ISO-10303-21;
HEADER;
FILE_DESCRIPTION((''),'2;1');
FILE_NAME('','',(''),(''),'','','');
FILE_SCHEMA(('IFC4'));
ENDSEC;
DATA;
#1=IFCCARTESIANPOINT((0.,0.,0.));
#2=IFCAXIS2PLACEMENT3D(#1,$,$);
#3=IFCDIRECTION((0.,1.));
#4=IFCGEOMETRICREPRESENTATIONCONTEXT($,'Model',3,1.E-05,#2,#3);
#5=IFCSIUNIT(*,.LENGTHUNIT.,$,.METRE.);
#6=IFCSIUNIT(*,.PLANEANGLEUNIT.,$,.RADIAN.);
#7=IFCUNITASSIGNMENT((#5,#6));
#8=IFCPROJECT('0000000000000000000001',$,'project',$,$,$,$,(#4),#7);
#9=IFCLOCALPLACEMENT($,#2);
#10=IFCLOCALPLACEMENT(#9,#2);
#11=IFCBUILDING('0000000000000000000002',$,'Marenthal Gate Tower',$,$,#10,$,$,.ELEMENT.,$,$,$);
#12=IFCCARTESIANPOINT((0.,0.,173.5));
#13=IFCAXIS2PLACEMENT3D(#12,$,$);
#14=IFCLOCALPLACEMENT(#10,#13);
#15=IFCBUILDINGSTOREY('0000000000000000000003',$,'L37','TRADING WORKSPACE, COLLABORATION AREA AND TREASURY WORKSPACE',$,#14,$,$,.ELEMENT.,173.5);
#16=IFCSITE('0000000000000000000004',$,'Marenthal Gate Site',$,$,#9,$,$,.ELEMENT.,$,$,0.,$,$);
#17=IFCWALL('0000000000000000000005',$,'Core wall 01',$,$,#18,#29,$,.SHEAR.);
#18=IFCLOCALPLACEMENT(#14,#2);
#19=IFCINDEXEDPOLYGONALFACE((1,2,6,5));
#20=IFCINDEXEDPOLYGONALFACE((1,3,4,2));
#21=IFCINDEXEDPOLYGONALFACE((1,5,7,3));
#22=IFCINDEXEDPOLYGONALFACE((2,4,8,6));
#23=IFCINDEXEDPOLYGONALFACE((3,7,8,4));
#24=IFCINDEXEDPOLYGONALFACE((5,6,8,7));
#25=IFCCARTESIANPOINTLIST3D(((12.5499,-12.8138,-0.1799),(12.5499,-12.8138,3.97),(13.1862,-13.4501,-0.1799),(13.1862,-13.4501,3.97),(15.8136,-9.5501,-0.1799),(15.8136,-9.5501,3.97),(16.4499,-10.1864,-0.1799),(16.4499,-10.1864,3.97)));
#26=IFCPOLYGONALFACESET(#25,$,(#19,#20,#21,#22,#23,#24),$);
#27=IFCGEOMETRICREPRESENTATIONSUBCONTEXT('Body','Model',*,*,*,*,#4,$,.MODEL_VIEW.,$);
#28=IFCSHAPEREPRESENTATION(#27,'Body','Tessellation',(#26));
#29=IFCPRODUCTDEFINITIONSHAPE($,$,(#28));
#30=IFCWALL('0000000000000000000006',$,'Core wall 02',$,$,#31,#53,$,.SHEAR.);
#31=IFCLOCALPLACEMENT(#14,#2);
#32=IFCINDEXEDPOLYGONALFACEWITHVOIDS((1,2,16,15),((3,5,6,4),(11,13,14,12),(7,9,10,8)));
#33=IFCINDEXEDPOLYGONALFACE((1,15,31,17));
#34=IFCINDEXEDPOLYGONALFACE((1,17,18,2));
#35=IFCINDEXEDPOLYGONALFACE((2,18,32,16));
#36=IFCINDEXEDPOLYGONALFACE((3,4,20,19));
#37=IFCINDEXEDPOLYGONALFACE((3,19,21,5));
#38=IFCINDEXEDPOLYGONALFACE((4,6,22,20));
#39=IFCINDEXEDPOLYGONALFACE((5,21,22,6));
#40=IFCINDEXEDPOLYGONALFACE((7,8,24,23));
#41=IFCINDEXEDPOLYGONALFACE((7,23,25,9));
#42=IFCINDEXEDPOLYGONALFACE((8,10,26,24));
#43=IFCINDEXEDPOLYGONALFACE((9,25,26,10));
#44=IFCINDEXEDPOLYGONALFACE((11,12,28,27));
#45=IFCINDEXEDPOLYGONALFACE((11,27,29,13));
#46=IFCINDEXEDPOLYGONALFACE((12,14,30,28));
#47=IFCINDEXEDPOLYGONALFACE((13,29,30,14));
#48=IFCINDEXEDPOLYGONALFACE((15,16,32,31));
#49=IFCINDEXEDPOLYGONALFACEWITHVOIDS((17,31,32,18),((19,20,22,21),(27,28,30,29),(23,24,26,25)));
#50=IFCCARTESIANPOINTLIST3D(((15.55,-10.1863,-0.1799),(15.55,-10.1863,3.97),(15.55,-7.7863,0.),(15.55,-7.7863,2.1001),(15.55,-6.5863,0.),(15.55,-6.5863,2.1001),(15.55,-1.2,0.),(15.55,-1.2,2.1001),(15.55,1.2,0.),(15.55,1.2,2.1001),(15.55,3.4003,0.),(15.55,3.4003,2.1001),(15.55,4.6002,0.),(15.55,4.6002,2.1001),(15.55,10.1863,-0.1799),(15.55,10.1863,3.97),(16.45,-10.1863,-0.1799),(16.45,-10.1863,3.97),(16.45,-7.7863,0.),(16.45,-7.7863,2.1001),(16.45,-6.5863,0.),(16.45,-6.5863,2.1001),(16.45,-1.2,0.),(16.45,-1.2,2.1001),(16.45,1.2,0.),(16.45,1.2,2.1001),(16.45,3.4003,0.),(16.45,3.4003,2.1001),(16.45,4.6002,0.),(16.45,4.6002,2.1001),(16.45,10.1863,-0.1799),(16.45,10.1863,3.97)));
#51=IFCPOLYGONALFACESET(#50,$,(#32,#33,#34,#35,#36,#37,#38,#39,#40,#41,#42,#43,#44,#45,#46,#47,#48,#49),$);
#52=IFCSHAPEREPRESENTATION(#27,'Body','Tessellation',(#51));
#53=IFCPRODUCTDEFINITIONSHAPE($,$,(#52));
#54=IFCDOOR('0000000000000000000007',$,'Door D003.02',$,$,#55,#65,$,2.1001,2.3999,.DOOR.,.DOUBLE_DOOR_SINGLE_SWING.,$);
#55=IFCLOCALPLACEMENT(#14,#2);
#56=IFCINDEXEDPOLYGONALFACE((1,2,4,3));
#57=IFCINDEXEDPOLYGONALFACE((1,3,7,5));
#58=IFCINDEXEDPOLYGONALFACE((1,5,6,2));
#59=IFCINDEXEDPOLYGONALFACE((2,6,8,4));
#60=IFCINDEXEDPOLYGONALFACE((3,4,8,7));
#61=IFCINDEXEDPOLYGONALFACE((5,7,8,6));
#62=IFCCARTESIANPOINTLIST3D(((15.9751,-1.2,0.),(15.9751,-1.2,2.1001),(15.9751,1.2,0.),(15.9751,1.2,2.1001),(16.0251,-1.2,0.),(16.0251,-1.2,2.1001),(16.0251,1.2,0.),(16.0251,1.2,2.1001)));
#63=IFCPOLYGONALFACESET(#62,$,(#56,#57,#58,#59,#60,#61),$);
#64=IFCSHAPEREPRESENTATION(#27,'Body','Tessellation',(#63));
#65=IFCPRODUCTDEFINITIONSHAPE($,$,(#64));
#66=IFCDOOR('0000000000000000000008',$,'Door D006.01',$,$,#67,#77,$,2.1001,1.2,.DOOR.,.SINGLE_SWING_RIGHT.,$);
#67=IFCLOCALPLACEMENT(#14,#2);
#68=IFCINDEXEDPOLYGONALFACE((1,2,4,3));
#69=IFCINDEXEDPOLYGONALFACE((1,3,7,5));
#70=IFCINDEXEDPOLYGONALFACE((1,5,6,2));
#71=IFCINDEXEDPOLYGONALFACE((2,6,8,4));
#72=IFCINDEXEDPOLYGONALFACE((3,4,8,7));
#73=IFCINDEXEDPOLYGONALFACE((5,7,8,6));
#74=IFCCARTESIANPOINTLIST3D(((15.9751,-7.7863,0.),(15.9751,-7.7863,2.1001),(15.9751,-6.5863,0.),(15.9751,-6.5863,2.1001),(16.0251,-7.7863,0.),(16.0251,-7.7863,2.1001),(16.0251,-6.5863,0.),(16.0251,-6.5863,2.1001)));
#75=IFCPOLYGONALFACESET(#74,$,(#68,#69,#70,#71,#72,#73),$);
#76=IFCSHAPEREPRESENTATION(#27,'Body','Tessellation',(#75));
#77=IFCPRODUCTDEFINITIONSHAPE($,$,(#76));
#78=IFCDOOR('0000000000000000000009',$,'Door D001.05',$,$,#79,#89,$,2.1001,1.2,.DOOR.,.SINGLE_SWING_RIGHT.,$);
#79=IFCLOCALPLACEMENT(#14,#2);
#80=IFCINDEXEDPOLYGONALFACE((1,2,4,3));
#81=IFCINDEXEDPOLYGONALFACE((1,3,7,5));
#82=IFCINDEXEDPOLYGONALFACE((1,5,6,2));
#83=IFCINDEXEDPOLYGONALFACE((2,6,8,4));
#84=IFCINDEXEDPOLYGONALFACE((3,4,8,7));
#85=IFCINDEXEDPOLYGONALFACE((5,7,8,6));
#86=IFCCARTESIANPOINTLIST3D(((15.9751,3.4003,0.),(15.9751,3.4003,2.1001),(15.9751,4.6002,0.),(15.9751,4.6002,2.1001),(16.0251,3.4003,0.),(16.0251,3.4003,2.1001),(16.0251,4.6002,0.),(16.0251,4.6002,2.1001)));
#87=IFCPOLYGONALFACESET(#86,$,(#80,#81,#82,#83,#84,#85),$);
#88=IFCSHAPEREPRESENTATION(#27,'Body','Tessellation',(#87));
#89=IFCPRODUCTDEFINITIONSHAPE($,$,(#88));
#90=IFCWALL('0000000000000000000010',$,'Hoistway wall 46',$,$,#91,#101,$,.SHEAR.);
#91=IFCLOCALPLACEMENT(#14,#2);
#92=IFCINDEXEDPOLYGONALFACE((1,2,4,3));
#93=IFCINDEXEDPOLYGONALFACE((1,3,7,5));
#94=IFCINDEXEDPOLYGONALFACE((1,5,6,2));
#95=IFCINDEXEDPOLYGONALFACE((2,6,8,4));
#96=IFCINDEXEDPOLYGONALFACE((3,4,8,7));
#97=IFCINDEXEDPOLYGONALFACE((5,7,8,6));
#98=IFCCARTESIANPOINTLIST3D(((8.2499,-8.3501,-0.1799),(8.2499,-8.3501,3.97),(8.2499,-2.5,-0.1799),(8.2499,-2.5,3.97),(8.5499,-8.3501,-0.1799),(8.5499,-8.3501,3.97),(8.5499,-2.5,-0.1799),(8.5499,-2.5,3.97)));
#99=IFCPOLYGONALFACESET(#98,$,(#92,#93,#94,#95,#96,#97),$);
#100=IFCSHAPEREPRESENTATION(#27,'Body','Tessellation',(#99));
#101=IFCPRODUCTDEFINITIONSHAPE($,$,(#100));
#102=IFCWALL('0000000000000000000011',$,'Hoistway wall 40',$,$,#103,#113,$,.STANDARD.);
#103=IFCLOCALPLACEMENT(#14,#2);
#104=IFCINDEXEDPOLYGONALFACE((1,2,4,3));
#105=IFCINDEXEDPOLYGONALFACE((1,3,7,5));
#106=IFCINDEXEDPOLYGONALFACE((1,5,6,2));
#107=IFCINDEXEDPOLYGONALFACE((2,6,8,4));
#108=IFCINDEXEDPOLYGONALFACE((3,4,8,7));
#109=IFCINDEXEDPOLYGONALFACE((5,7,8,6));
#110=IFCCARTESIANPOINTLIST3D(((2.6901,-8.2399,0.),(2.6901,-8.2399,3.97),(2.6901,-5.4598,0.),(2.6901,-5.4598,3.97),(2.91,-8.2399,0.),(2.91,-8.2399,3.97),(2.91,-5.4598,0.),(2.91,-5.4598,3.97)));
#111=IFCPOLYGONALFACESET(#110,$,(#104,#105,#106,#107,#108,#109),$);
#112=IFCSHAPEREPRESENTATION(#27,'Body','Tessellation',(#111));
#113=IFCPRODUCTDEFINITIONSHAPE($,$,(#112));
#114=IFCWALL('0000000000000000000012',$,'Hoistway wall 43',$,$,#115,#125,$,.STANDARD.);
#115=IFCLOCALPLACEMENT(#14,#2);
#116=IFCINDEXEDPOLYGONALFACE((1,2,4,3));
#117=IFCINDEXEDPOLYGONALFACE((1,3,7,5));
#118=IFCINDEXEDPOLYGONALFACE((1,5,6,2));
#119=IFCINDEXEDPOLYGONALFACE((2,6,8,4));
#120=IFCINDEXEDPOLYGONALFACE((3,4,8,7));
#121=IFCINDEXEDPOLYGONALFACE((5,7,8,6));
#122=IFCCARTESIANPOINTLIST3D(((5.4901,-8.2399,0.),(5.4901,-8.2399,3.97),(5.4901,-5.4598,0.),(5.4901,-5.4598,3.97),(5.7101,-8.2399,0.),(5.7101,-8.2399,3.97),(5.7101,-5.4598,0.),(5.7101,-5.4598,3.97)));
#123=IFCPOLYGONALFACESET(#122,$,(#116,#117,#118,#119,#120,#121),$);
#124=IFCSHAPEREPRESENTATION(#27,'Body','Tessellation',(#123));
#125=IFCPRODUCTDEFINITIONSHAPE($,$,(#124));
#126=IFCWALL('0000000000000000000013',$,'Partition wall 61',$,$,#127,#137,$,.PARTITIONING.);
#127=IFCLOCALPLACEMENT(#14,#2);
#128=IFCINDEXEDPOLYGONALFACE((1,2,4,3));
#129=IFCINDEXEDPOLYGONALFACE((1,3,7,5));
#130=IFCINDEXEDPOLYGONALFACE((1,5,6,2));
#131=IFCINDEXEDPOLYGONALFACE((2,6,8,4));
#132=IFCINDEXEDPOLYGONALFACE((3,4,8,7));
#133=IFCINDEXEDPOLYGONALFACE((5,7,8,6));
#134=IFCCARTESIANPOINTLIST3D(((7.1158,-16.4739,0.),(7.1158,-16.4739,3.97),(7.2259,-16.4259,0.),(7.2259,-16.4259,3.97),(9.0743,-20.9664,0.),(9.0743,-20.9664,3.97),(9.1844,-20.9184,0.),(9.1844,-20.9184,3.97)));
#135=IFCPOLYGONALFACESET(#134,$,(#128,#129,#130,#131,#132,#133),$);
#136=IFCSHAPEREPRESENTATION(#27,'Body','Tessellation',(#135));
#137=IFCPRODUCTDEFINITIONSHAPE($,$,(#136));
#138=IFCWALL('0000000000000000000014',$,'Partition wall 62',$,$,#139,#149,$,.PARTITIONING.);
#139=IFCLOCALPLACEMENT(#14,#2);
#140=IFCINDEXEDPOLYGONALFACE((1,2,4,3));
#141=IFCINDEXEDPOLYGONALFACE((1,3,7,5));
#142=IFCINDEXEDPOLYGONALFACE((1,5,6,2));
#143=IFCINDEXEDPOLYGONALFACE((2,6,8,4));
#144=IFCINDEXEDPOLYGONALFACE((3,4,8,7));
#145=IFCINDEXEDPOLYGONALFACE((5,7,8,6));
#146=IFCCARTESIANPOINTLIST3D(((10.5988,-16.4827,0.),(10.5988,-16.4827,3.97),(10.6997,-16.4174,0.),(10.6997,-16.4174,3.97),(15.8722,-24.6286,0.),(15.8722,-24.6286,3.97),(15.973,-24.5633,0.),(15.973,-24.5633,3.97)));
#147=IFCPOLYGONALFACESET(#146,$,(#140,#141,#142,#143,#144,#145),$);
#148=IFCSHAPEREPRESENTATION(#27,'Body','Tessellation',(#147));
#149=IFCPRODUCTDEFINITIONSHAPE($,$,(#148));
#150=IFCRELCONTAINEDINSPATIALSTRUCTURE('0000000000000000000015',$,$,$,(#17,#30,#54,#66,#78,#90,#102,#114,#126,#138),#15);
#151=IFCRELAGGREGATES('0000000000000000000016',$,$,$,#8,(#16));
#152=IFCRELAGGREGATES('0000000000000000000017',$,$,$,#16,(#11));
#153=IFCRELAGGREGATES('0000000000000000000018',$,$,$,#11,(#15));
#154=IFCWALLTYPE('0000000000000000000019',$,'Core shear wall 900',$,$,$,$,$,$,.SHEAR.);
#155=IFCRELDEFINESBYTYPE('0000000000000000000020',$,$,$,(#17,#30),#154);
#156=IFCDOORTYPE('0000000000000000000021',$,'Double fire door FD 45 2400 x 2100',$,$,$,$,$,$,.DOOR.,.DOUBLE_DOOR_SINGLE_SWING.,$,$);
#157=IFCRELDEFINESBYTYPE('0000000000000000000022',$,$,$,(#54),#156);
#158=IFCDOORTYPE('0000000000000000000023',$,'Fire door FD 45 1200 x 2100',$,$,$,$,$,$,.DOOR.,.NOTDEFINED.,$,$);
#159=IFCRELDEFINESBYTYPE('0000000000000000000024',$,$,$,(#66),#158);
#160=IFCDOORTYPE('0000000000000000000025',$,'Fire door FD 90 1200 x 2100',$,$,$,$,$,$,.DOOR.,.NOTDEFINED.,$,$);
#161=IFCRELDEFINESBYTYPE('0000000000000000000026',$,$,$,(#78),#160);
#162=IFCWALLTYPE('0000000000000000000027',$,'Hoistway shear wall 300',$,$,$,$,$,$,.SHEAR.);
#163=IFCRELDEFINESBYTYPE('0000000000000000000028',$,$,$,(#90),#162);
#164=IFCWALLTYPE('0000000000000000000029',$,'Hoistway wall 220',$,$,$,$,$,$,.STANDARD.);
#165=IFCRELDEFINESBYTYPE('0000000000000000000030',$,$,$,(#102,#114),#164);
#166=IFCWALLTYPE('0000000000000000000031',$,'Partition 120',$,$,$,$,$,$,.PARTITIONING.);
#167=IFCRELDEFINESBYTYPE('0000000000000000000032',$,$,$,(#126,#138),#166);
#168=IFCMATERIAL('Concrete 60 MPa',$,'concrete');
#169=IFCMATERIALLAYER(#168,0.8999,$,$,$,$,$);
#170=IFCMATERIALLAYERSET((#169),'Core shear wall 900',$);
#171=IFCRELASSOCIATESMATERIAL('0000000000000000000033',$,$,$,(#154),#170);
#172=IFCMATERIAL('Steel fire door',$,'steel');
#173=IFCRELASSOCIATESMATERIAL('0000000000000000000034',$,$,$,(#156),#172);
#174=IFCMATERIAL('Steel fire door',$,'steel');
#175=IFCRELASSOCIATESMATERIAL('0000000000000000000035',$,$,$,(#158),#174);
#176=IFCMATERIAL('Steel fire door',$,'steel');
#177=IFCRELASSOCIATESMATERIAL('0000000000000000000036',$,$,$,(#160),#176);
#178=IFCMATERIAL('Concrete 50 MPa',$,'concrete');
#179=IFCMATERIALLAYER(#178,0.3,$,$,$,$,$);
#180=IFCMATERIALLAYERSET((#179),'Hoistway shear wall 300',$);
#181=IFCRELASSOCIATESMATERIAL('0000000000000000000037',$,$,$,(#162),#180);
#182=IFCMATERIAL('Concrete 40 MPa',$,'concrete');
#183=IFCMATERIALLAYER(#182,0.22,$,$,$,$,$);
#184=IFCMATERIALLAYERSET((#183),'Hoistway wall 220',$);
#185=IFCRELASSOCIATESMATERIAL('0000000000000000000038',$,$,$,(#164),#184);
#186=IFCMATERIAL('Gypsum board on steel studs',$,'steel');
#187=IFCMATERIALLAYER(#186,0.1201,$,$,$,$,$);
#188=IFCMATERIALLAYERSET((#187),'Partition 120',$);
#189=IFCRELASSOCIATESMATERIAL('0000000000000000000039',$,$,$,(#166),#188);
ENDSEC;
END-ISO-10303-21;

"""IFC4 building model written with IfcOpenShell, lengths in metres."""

from ifc_helpers import new_model, si_unit, direction, frame, frame_2d, origin, place, context, subcontext, project, spatial, rectangle, extrude, material, layer, layer_set, type_object, element, fill, save


model = new_model("IFC4")

# Units and contexts
model_context = context("Model", 3, precision=1e-05, world=origin(), true_north=direction((0.0, 1.0)))
body_context = subcontext(model_context, "Body", "Model", "MODEL_VIEW")
ifc_project = project(units=[si_unit("LENGTHUNIT", "METRE"), si_unit("PLANEANGLEUNIT", "RADIAN")], contexts=[model_context])

# Site, building, storey
site_placement = place(None, origin())
site = spatial("IfcSite", under=ifc_project, at=site_placement, Name="Marenthal Gate Site", CompositionType="ELEMENT", RefElevation=0.0)
building_placement = place(site_placement, origin())
building = spatial("IfcBuilding", under=site, at=building_placement, Name="Marenthal Gate Tower", CompositionType="ELEMENT")
storey_placement = place(building_placement, frame((0.0, 0.0, 173.5)))
storey = spatial("IfcBuildingStorey", under=building, at=storey_placement, Name="L37", Description="TRADING WORKSPACE, COLLABORATION AREA AND TREASURY WORKSPACE", CompositionType="ELEMENT", Elevation=173.5)

# Wall
ifc_material_1 = material(Name="Concrete 60 MPa", Category="concrete")
ifc_layer_1 = layer(ifc_material_1, 0.8999)
ifc_layer_set_1 = layer_set([ifc_layer_1], Name="Core shear wall 900")
wall_type_1 = type_object("IfcWallType", Name="Core shear wall 900", PredefinedType="SHEAR", material=ifc_layer_set_1)
wall_1_placement = place(storey_placement, frame((12.8682, -13.1318, -0.1799), z_axis=(0.0, 0.0, 1.0), x_axis=(0.707107, 0.707107, 0.0)))
element("IfcWall", 1, at=wall_1_placement, inside=storey, type_object=wall_type_1, Name="Core wall 01", PredefinedType="SHEAR", context=body_context, shape_type="SweptSolid", body=[
    extrude(rectangle(XDim=4.6155, YDim=0.8999, at=frame_2d((2.3076, 0.0))), origin(), (0.0, 0.0, 1.0), 4.1499),
])

# Wall, openings, doors
wall_2_placement = place(storey_placement, frame((16.0, -10.1863, -0.1799), z_axis=(0.0, 0.0, 1.0), x_axis=(0.0, 1.0, 0.0)))
wall_2 = element("IfcWall", 2, at=wall_2_placement, inside=storey, type_object=wall_type_1, Name="Core wall 02", PredefinedType="SHEAR", context=body_context, shape_type="SweptSolid", body=[
    extrude(rectangle(XDim=20.3726, YDim=0.8999, at=frame_2d((10.1863, 0.0))), origin(), (0.0, 0.0, 1.0), 4.1499),
])
opening_1_placement = place(wall_2_placement, frame((8.9863, 0.0, 0.1799)))
opening_1 = element("IfcOpeningElement", 3, at=opening_1_placement, cuts=wall_2, PredefinedType="OPENING", context=body_context, shape_type="SweptSolid", body=[
    extrude(rectangle(XDim=2.3999, YDim=2.1001, at=frame_2d((1.2, 1.05))), frame((0.0, 0.46, 0.0), z_axis=(0.0, -1.0, 0.0), x_axis=(1.0, 0.0, 0.0)), (0.0, 0.0, 1.0), 0.9199),
])
opening_2_placement = place(wall_2_placement, frame((13.5864, 0.0, 0.1799)))
opening_2 = element("IfcOpeningElement", 4, at=opening_2_placement, cuts=wall_2, PredefinedType="OPENING", context=body_context, shape_type="SweptSolid", body=[
    extrude(rectangle(XDim=1.2, YDim=2.1001, at=frame_2d((0.6001, 1.05))), frame((0.0, 0.46, 0.0), z_axis=(0.0, -1.0, 0.0), x_axis=(1.0, 0.0, 0.0)), (0.0, 0.0, 1.0), 0.9199),
])
opening_3_placement = place(wall_2_placement, frame((2.3999, 0.0, 0.1799)))
opening_3 = element("IfcOpeningElement", 5, at=opening_3_placement, cuts=wall_2, PredefinedType="OPENING", context=body_context, shape_type="SweptSolid", body=[
    extrude(rectangle(XDim=1.2, YDim=2.1001, at=frame_2d((0.6001, 1.05))), frame((0.0, 0.46, 0.0), z_axis=(0.0, -1.0, 0.0), x_axis=(1.0, 0.0, 0.0)), (0.0, 0.0, 1.0), 0.9199),
])
ifc_material_2 = material(Name="Steel fire door", Category="steel")
door_type_1 = type_object("IfcDoorType", Name="Double fire door FD 45 2400 x 2100", OperationType="DOUBLE_DOOR_SINGLE_SWING", PredefinedType="DOOR", material=ifc_material_2)
door_1_placement = place(opening_1_placement, origin())
door_1 = element("IfcDoor", 6, at=door_1_placement, inside=storey, type_object=door_type_1, Name="Door D003.02", OperationType="DOUBLE_DOOR_SINGLE_SWING", OverallHeight=2.1001, OverallWidth=2.3999, PredefinedType="DOOR", context=body_context, shape_type="SweptSolid", body=[
    extrude(rectangle(XDim=2.3999, YDim=2.1001, at=frame_2d((1.2, 1.05))), frame((0.0, 0.0249, 0.0), z_axis=(0.0, -1.0, 0.0), x_axis=(1.0, 0.0, 0.0)), (0.0, 0.0, 1.0), 0.05),
])
fill(opening_1, door_1)
ifc_material_3 = material(Name="Steel fire door", Category="steel")
door_type_2 = type_object("IfcDoorType", Name="Fire door FD 45 1200 x 2100", OperationType="NOTDEFINED", PredefinedType="DOOR", material=ifc_material_3)
door_2_placement = place(opening_3_placement, origin())
door_2 = element("IfcDoor", 7, at=door_2_placement, inside=storey, type_object=door_type_2, Name="Door D006.01", OperationType="SINGLE_SWING_RIGHT", OverallHeight=2.1001, OverallWidth=1.2, PredefinedType="DOOR", context=body_context, shape_type="SweptSolid", body=[
    extrude(rectangle(XDim=1.2, YDim=2.1001, at=frame_2d((0.6001, 1.05))), frame((0.0, 0.0249, 0.0), z_axis=(0.0, -1.0, 0.0), x_axis=(1.0, 0.0, 0.0)), (0.0, 0.0, 1.0), 0.05),
])
fill(opening_3, door_2)
ifc_material_4 = material(Name="Steel fire door", Category="steel")
door_type_3 = type_object("IfcDoorType", Name="Fire door FD 90 1200 x 2100", OperationType="NOTDEFINED", PredefinedType="DOOR", material=ifc_material_4)
door_3_placement = place(opening_2_placement, origin())
door_3 = element("IfcDoor", 8, at=door_3_placement, inside=storey, type_object=door_type_3, Name="Door D001.05", OperationType="SINGLE_SWING_RIGHT", OverallHeight=2.1001, OverallWidth=1.2, PredefinedType="DOOR", context=body_context, shape_type="SweptSolid", body=[
    extrude(rectangle(XDim=1.2, YDim=2.1001, at=frame_2d((0.6001, 1.05))), frame((0.0, 0.0249, 0.0), z_axis=(0.0, -1.0, 0.0), x_axis=(1.0, 0.0, 0.0)), (0.0, 0.0, 1.0), 0.05),
])
fill(opening_2, door_3)

# Walls
ifc_material_5 = material(Name="Concrete 50 MPa", Category="concrete")
ifc_layer_2 = layer(ifc_material_5, 0.3)
ifc_layer_set_2 = layer_set([ifc_layer_2], Name="Hoistway shear wall 300")
wall_type_2 = type_object("IfcWallType", Name="Hoistway shear wall 300", PredefinedType="SHEAR", material=ifc_layer_set_2)
wall_3_placement = place(storey_placement, frame((8.3999, -8.3501, -0.1799), z_axis=(0.0, 0.0, 1.0), x_axis=(0.0, 1.0, 0.0)))
element("IfcWall", 9, at=wall_3_placement, inside=storey, type_object=wall_type_2, Name="Hoistway wall 46", PredefinedType="SHEAR", context=body_context, shape_type="SweptSolid", body=[
    extrude(rectangle(XDim=5.8501, YDim=0.3, at=frame_2d((2.925, 0.0))), origin(), (0.0, 0.0, 1.0), 4.1499),
])
ifc_material_6 = material(Name="Concrete 40 MPa", Category="concrete")
ifc_layer_3 = layer(ifc_material_6, 0.22)
ifc_layer_set_3 = layer_set([ifc_layer_3], Name="Hoistway wall 220")
wall_type_3 = type_object("IfcWallType", Name="Hoistway wall 220", PredefinedType="STANDARD", material=ifc_layer_set_3)
for number, where, z_axis, x_axis, name in (
    (10, (2.8, -8.24, 0.0), (0.0, 0.0, 1.0), (0.0, 1.0, 0.0), "Hoistway wall 40"),
    (11, (5.6001, -8.24, 0.0), (0.0, 0.0, 1.0), (0.0, 1.0, 0.0), "Hoistway wall 43"),
):
    element("IfcWall", number, at=place(storey_placement, frame(where, z_axis=z_axis, x_axis=x_axis)), inside=storey, type_object=wall_type_3, Name=name, PredefinedType="STANDARD", context=body_context, shape_type="SweptSolid", body=[
        extrude(rectangle(XDim=2.78, YDim=0.22, at=frame_2d((1.3901, 0.0))), origin(), (0.0, 0.0, 1.0), 3.97),
    ])
ifc_material_7 = material(Name="Gypsum board on steel studs", Category="steel")
ifc_layer_4 = layer(ifc_material_7, 0.1201)
ifc_layer_set_4 = layer_set([ifc_layer_4], Name="Partition 120")
wall_type_4 = type_object("IfcWallType", Name="Partition 120", PredefinedType="PARTITIONING", material=ifc_layer_set_4)
wall_4_placement = place(storey_placement, frame((9.1294, -20.9424, 0.0), z_axis=(0.0, 0.0, 1.0), x_axis=(-0.399629, 0.916677, 0.0)))
element("IfcWall", 12, at=wall_4_placement, inside=storey, type_object=wall_type_4, Name="Partition wall 61", PredefinedType="PARTITIONING", context=body_context, shape_type="SweptSolid", body=[
    extrude(rectangle(XDim=4.9009, YDim=0.1201, at=frame_2d((2.4504, 0.0))), origin(), (0.0, 0.0, 1.0), 3.97),
])
wall_5_placement = place(storey_placement, frame((10.6492, -16.45, 0.0), z_axis=(0.0, 0.0, 1.0), x_axis=(0.543433, -0.839453, 0.0)))
element("IfcWall", 13, at=wall_5_placement, inside=storey, type_object=wall_type_4, Name="Partition wall 62", PredefinedType="PARTITIONING", context=body_context, shape_type="SweptSolid", body=[
    extrude(rectangle(XDim=9.7039, YDim=0.1201, at=frame_2d((4.8521, 0.0))), origin(), (0.0, 0.0, 1.0), 3.97),
])

save(model, "model.ifc")
